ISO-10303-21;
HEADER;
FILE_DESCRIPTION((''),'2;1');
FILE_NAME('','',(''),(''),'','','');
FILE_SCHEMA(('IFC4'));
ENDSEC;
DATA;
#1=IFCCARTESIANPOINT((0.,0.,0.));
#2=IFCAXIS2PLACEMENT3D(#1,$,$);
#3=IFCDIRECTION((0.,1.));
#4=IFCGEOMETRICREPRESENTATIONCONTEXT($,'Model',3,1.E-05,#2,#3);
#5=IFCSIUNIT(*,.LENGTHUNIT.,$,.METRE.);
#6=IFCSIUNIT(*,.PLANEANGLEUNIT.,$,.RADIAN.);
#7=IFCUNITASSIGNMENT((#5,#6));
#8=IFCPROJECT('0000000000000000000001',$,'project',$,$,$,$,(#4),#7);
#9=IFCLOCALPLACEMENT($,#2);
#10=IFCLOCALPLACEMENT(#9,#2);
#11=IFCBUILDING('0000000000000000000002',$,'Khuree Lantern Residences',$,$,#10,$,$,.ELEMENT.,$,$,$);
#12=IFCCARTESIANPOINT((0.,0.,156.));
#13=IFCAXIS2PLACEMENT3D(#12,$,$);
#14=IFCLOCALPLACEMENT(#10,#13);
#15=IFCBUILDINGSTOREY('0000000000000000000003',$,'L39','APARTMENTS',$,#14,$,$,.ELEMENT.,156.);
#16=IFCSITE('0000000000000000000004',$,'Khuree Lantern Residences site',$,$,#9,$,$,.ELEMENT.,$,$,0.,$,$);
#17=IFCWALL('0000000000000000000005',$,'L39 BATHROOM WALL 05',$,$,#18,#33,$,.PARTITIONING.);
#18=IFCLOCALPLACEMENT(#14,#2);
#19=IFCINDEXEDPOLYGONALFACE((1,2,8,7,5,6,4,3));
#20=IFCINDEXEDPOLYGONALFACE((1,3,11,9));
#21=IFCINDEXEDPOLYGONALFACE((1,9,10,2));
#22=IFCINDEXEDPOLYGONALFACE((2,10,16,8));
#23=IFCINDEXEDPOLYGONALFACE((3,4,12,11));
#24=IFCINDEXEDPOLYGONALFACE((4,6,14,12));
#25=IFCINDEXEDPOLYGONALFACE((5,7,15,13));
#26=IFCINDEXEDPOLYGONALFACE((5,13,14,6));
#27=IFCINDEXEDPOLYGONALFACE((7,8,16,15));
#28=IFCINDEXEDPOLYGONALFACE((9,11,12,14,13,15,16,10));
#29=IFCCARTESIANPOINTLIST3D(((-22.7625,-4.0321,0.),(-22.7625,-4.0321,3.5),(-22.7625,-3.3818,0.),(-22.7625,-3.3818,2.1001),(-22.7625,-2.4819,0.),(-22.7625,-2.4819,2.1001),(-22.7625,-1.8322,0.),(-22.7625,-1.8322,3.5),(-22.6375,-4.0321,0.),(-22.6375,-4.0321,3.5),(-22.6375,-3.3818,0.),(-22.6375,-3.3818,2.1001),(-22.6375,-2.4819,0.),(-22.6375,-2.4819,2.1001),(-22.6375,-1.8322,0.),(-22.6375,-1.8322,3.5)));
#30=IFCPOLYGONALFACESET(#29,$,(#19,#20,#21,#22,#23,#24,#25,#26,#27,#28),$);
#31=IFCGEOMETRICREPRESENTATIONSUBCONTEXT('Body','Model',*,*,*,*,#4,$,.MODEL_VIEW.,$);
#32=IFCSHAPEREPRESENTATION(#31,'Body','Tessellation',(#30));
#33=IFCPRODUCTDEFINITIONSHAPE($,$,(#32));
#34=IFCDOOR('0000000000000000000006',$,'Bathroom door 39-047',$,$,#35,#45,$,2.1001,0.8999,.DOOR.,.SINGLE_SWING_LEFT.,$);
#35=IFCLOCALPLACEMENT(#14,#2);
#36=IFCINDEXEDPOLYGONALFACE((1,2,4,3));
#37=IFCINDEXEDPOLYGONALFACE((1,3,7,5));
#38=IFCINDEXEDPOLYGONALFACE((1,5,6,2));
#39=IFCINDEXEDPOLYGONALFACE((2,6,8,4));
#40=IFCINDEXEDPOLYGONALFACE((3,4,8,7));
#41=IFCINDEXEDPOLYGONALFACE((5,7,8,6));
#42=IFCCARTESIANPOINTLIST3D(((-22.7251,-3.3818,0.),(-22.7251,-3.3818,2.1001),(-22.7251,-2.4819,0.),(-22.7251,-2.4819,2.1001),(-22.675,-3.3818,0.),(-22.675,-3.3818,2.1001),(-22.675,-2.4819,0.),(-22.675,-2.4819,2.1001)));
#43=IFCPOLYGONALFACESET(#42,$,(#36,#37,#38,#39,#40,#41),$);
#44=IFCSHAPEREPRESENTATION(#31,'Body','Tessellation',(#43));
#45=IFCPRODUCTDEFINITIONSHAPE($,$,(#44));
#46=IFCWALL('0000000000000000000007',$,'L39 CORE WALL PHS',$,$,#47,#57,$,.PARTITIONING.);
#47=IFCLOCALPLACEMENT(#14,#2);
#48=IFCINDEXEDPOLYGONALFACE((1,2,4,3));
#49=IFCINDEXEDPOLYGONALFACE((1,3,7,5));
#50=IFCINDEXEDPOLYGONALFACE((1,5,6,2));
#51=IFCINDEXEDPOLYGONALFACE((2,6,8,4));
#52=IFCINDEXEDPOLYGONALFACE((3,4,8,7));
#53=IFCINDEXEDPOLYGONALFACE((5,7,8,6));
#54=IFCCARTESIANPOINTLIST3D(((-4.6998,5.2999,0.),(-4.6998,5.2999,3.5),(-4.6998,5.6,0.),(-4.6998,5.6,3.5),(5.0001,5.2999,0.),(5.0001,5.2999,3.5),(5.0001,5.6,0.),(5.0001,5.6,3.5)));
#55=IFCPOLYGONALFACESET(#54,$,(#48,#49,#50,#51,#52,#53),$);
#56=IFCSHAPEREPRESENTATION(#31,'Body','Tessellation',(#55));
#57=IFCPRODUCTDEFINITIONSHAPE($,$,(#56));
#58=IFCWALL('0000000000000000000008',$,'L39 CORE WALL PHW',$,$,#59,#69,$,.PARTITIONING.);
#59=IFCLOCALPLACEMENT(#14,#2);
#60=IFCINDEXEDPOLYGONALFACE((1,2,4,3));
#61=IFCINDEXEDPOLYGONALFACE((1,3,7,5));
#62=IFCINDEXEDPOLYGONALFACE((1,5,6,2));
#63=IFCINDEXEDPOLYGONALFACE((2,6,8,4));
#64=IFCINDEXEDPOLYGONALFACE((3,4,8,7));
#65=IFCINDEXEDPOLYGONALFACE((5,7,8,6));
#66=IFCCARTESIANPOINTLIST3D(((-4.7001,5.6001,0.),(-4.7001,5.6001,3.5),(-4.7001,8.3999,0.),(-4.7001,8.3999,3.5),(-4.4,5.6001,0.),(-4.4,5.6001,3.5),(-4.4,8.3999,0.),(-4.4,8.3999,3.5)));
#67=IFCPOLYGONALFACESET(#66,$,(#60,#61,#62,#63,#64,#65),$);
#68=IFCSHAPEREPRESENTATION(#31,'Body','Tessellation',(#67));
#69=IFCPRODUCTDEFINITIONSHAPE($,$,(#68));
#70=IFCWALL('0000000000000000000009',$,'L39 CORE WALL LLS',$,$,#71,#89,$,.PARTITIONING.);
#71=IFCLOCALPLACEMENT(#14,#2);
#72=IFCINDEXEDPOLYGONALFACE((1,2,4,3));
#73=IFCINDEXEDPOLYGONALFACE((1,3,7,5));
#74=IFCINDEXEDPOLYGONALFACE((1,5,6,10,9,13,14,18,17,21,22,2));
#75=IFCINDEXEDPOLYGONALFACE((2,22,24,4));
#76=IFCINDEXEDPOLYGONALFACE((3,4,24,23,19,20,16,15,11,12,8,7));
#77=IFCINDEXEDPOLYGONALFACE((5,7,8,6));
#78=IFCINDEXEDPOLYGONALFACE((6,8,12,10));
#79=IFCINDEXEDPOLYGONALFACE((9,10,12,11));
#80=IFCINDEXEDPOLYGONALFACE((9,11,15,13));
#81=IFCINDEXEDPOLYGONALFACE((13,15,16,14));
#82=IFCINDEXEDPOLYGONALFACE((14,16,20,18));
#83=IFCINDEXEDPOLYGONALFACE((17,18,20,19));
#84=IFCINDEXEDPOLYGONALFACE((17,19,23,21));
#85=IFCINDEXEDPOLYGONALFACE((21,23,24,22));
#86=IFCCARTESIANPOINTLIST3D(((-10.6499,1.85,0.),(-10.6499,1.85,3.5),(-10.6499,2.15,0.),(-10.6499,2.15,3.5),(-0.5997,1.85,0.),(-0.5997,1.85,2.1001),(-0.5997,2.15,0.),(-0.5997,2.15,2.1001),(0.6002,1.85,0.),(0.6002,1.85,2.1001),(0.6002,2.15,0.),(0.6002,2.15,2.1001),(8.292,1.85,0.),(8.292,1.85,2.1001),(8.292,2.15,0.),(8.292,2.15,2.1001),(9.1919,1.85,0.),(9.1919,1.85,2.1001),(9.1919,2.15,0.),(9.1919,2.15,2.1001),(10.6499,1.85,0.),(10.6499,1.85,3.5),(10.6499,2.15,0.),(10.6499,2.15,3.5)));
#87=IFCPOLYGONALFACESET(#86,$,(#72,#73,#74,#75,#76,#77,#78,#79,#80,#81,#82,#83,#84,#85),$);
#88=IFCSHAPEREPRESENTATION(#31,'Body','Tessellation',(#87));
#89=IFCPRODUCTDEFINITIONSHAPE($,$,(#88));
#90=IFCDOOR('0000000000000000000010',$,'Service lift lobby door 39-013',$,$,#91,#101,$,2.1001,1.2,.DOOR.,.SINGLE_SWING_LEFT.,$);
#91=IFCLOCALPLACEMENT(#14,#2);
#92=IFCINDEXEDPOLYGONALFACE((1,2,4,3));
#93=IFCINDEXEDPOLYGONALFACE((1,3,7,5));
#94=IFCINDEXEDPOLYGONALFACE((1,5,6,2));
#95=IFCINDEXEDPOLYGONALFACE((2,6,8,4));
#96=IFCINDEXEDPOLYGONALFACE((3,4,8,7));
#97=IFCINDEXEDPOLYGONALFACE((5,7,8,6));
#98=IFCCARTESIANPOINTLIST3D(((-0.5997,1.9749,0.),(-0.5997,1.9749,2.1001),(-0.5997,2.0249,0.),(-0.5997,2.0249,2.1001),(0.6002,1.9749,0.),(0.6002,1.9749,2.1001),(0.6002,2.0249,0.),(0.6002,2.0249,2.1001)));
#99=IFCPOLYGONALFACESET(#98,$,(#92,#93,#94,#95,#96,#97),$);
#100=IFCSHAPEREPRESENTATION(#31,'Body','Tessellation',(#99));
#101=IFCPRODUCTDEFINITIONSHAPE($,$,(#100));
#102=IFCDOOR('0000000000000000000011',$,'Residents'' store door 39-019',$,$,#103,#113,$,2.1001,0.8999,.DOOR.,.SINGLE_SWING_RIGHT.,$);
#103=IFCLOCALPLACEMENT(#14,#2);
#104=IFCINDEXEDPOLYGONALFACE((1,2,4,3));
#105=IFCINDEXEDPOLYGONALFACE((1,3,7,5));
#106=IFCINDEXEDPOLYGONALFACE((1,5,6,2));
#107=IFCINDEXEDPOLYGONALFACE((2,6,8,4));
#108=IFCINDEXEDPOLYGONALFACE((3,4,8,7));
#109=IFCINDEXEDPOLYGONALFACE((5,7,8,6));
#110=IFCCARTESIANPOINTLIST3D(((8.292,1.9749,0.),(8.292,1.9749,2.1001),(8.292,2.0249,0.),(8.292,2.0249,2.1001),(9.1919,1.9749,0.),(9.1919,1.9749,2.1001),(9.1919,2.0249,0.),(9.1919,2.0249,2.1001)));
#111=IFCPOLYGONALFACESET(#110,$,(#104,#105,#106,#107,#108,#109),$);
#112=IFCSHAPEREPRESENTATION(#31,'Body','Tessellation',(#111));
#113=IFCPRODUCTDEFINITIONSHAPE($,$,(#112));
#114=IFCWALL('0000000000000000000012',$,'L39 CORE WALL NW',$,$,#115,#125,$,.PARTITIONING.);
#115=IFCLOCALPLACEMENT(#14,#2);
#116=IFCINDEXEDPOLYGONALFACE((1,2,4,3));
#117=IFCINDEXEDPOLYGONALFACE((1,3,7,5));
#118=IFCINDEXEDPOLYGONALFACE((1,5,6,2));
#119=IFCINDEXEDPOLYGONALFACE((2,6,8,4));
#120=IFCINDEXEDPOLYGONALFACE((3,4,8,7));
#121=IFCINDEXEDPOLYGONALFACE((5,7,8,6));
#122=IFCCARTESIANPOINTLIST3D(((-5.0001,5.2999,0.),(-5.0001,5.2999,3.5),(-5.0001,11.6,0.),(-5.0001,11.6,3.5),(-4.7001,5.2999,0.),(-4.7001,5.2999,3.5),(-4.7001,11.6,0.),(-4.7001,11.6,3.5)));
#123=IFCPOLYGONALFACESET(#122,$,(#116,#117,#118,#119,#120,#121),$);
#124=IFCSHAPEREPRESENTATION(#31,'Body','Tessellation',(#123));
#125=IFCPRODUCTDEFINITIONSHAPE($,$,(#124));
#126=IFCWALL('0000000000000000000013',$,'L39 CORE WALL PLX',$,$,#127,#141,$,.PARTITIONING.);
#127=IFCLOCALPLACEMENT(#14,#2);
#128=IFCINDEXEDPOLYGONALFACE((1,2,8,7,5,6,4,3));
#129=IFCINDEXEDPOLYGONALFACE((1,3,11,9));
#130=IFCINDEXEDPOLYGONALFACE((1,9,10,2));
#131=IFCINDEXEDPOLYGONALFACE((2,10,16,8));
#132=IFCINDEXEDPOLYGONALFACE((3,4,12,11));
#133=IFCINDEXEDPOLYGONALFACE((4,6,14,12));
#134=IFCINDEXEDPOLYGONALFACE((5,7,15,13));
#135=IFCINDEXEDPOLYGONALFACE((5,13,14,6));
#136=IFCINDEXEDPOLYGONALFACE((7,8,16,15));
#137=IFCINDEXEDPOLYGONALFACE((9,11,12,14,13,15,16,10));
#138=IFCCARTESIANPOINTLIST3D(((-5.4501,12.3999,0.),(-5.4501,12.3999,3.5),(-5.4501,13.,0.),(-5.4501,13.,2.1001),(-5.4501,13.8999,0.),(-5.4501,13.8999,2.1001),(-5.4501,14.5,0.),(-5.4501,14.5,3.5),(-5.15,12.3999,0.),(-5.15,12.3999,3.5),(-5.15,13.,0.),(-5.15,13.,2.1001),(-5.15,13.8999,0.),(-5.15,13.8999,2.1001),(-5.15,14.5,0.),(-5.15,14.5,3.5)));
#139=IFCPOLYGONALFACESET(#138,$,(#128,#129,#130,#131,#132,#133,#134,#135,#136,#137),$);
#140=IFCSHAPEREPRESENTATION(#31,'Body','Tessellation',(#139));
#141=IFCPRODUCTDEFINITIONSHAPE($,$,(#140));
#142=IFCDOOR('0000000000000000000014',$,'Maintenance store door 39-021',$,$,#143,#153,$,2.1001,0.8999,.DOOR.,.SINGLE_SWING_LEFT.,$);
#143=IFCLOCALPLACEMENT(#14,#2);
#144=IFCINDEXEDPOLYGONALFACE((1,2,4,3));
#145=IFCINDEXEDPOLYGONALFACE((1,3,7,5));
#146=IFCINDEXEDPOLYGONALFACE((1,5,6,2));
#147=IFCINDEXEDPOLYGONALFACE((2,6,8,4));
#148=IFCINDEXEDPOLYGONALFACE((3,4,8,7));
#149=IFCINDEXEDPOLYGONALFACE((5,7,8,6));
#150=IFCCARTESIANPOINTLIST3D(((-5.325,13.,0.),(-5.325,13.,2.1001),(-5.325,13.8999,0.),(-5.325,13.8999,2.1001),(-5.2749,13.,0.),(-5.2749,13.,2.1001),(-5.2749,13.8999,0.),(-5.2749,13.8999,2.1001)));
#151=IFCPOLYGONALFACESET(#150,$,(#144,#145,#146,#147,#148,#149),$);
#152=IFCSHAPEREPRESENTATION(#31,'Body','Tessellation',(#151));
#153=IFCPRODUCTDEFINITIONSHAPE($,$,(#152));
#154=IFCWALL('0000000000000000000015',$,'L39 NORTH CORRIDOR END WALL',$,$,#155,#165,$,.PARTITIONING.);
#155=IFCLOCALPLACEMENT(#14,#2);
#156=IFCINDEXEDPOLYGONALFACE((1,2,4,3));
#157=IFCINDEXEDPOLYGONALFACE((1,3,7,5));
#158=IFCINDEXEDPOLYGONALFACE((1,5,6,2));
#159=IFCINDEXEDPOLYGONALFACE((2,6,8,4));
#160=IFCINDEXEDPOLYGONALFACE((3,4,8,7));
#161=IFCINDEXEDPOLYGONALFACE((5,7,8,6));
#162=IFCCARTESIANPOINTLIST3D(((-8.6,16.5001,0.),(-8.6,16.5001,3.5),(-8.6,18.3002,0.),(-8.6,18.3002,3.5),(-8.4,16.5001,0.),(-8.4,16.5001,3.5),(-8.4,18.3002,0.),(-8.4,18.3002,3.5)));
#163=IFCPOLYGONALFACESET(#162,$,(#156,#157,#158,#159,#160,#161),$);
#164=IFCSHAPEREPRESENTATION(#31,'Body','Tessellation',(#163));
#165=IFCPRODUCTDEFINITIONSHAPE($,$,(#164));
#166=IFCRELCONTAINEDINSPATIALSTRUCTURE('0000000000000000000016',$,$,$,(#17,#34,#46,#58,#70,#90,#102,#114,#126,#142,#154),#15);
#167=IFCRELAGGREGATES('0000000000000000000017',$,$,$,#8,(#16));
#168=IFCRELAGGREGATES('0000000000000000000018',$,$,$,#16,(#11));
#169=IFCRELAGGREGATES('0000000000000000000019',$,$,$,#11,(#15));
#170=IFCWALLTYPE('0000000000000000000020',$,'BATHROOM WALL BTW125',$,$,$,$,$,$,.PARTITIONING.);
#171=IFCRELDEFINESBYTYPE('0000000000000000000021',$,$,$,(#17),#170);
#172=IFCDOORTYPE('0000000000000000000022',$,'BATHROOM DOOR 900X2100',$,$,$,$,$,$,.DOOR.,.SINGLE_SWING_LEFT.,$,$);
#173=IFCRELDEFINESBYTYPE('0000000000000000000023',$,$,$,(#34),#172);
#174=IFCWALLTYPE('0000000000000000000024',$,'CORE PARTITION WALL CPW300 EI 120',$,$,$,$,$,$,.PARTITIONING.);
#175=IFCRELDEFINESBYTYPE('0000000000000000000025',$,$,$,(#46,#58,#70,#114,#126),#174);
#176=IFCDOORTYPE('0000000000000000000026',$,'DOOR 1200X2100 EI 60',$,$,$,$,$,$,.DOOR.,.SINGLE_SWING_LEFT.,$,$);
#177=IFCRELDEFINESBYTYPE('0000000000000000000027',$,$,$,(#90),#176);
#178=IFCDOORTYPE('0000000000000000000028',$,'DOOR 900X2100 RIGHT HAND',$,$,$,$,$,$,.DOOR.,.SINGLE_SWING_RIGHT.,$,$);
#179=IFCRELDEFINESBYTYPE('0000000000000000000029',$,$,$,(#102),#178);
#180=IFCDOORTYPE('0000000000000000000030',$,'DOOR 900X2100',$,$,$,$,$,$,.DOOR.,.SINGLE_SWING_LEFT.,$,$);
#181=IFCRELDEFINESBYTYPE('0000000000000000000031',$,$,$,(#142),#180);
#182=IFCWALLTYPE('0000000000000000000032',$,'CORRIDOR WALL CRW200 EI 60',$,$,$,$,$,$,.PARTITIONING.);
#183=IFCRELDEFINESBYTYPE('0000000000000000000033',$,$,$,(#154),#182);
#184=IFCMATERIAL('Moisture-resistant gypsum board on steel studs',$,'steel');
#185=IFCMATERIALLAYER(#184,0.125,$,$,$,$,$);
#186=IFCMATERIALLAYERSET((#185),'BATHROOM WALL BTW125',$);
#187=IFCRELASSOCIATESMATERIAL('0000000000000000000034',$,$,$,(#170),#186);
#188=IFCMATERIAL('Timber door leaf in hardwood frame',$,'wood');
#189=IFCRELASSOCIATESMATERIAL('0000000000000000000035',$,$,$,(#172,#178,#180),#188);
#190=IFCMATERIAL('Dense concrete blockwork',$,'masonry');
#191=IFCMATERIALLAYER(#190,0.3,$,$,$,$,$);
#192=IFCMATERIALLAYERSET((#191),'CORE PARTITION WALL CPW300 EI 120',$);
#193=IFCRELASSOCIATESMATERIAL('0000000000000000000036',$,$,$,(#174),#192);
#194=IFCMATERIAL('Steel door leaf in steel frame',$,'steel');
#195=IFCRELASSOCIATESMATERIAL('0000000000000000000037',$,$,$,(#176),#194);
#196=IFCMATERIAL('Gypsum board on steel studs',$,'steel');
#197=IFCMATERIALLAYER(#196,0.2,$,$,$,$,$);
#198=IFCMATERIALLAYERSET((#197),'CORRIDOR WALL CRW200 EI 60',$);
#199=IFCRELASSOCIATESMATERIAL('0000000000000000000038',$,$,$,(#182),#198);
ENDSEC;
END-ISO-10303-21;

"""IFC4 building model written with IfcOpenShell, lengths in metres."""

from ifc_helpers import new_model, si_unit, direction, frame, frame_2d, origin, place, context, subcontext, project, spatial, rectangle, extrude, material, layer, layer_set, type_object, element, fill, save


model = new_model("IFC4")

# Units and contexts
model_context = context("Model", 3, precision=1e-05, world=origin(), true_north=direction((0.0, 1.0)))
body_context = subcontext(model_context, "Body", "Model", "MODEL_VIEW")
ifc_project = project(units=[si_unit("LENGTHUNIT", "METRE"), si_unit("PLANEANGLEUNIT", "RADIAN")], contexts=[model_context])

# Site, building, storey
site_placement = place(None, origin())
site = spatial("IfcSite", under=ifc_project, at=site_placement, Name="Khuree Lantern Residences site", CompositionType="ELEMENT", RefElevation=0.0)
building_placement = place(site_placement, origin())
building = spatial("IfcBuilding", under=site, at=building_placement, Name="Khuree Lantern Residences", CompositionType="ELEMENT")
storey_placement = place(building_placement, frame((0.0, 0.0, 156.0)))
storey = spatial("IfcBuildingStorey", under=building, at=storey_placement, Name="L39", Description="APARTMENTS", CompositionType="ELEMENT", Elevation=156.0)

# Shared definitions
ifc_material_1 = material(Name="Moisture-resistant gypsum board on steel studs", Category="steel")
ifc_layer_1 = layer(ifc_material_1, 0.125)
ifc_layer_set_1 = layer_set([ifc_layer_1], Name="BATHROOM WALL BTW125")
wall_type_1 = type_object("IfcWallType", Name="BATHROOM WALL BTW125", PredefinedType="PARTITIONING", material=ifc_layer_set_1)
ifc_material_2 = material(Name="Timber door leaf in hardwood frame", Category="wood")
door_type_1 = type_object("IfcDoorType", Name="BATHROOM DOOR 900X2100", OperationType="SINGLE_SWING_LEFT", PredefinedType="DOOR", material=ifc_material_2)

# Wall, opening, door
wall_1_placement = place(storey_placement, frame((-22.7, -1.832, 0.0), z_axis=(0.0, 0.0, 1.0), x_axis=(0.0, -1.0, 0.0)))
wall_1 = element("IfcWall", 1, at=wall_1_placement, inside=storey, type_object=wall_type_1, Name="L39 BATHROOM WALL 05", PredefinedType="PARTITIONING", context=body_context, shape_type="SweptSolid", body=[
    extrude(rectangle(XDim=2.2, YDim=0.125, at=frame_2d((1.1001, 0.0))), origin(), (0.0, 0.0, 1.0), 3.5),
])
opening_1_placement = place(wall_1_placement, frame((0.6499, 0.0, 0.0)))
opening_1 = element("IfcOpeningElement", 2, at=opening_1_placement, cuts=wall_1, PredefinedType="OPENING", context=body_context, shape_type="SweptSolid", body=[
    extrude(rectangle(XDim=0.8999, YDim=2.1001, at=frame_2d((0.45, 1.05))), frame((0.0, 0.0725, 0.0), z_axis=(0.0, -1.0, 0.0), x_axis=(1.0, 0.0, 0.0)), (0.0, 0.0, 1.0), 0.145),
])
door_1_placement = place(opening_1_placement, origin())
door_1 = element("IfcDoor", 3, at=door_1_placement, inside=storey, type_object=door_type_1, Name="Bathroom door 39-047", OperationType="SINGLE_SWING_LEFT", OverallHeight=2.1001, OverallWidth=0.8999, PredefinedType="DOOR", context=body_context, shape_type="SweptSolid", body=[
    extrude(rectangle(XDim=0.8999, YDim=2.1001, at=frame_2d((0.45, 1.05))), frame((0.0, 0.0249, 0.0), z_axis=(0.0, -1.0, 0.0), x_axis=(1.0, 0.0, 0.0)), (0.0, 0.0, 1.0), 0.05),
])
fill(opening_1, door_1)

# Walls
ifc_material_3 = material(Name="Dense concrete blockwork", Category="masonry")
ifc_layer_2 = layer(ifc_material_3, 0.3)
ifc_layer_set_2 = layer_set([ifc_layer_2], Name="CORE PARTITION WALL CPW300 EI 120")
wall_type_2 = type_object("IfcWallType", Name="CORE PARTITION WALL CPW300 EI 120", PredefinedType="PARTITIONING", material=ifc_layer_set_2)
wall_2_placement = place(storey_placement, frame((-4.7, 5.45, 0.0), z_axis=(0.0, 0.0, 1.0), x_axis=(1.0, 0.0, 0.0)))
element("IfcWall", 4, at=wall_2_placement, inside=storey, type_object=wall_type_2, Name="L39 CORE WALL PHS", PredefinedType="PARTITIONING", context=body_context, shape_type="SweptSolid", body=[
    extrude(rectangle(XDim=9.7, YDim=0.3, at=frame_2d((4.8501, 0.0))), origin(), (0.0, 0.0, 1.0), 3.5),
])
wall_3_placement = place(storey_placement, frame((-4.55, 5.6001, 0.0), z_axis=(0.0, 0.0, 1.0), x_axis=(0.0, 1.0, 0.0)))
element("IfcWall", 5, at=wall_3_placement, inside=storey, type_object=wall_type_2, Name="L39 CORE WALL PHW", PredefinedType="PARTITIONING", context=body_context, shape_type="SweptSolid", body=[
    extrude(rectangle(XDim=2.7998, YDim=0.3, at=frame_2d((1.3999, 0.0))), origin(), (0.0, 0.0, 1.0), 3.5),
])

# Wall, openings, doors
wall_4_placement = place(storey_placement, frame((-10.6499, 2.0, 0.0), z_axis=(0.0, 0.0, 1.0), x_axis=(1.0, 0.0, 0.0)))
wall_4 = element("IfcWall", 6, at=wall_4_placement, inside=storey, type_object=wall_type_2, Name="L39 CORE WALL LLS", PredefinedType="PARTITIONING", context=body_context, shape_type="SweptSolid", body=[
    extrude(rectangle(XDim=21.2998, YDim=0.3, at=frame_2d((10.6499, 0.0))), origin(), (0.0, 0.0, 1.0), 3.5),
])
opening_2_placement = place(wall_4_placement, frame((10.05, 0.0, 0.0)))
opening_2 = element("IfcOpeningElement", 7, at=opening_2_placement, cuts=wall_4, PredefinedType="OPENING", context=body_context, shape_type="SweptSolid", body=[
    extrude(rectangle(XDim=1.2, YDim=2.1001, at=frame_2d((0.6001, 1.05))), frame((0.0, 0.1602, 0.0), z_axis=(0.0, -1.0, 0.0), x_axis=(1.0, 0.0, 0.0)), (0.0, 0.0, 1.0), 0.3201),
])
opening_3_placement = place(wall_4_placement, frame((18.9419, 0.0, 0.0)))
opening_3 = element("IfcOpeningElement", 8, at=opening_3_placement, cuts=wall_4, PredefinedType="OPENING", context=body_context, shape_type="SweptSolid", body=[
    extrude(rectangle(XDim=0.8999, YDim=2.1001, at=frame_2d((0.45, 1.05))), frame((0.0, 0.1602, 0.0), z_axis=(0.0, -1.0, 0.0), x_axis=(1.0, 0.0, 0.0)), (0.0, 0.0, 1.0), 0.3201),
])
ifc_material_4 = material(Name="Steel door leaf in steel frame", Category="steel")
door_type_2 = type_object("IfcDoorType", Name="DOOR 1200X2100 EI 60", OperationType="SINGLE_SWING_LEFT", PredefinedType="DOOR", material=ifc_material_4)
door_2_placement = place(opening_2_placement, origin())
door_2 = element("IfcDoor", 9, at=door_2_placement, inside=storey, type_object=door_type_2, Name="Service lift lobby door 39-013", OperationType="SINGLE_SWING_LEFT", OverallHeight=2.1001, OverallWidth=1.2, PredefinedType="DOOR", context=body_context, shape_type="SweptSolid", body=[
    extrude(rectangle(XDim=1.2, YDim=2.1001, at=frame_2d((0.6001, 1.05))), frame((0.0, 0.0249, 0.0), z_axis=(0.0, -1.0, 0.0), x_axis=(1.0, 0.0, 0.0)), (0.0, 0.0, 1.0), 0.05),
])
fill(opening_2, door_2)
door_type_3 = type_object("IfcDoorType", Name="DOOR 900X2100 RIGHT HAND", OperationType="SINGLE_SWING_RIGHT", PredefinedType="DOOR", material=ifc_material_2)
door_3_placement = place(opening_3_placement, origin())
door_3 = element("IfcDoor", 10, at=door_3_placement, inside=storey, type_object=door_type_3, Name="Residents' store door 39-019", OperationType="SINGLE_SWING_RIGHT", OverallHeight=2.1001, OverallWidth=0.8999, PredefinedType="DOOR", context=body_context, shape_type="SweptSolid", body=[
    extrude(rectangle(XDim=0.8999, YDim=2.1001, at=frame_2d((0.45, 1.05))), frame((0.0, 0.0249, 0.0), z_axis=(0.0, -1.0, 0.0), x_axis=(1.0, 0.0, 0.0)), (0.0, 0.0, 1.0), 0.05),
])
fill(opening_3, door_3)

# Wall
wall_5_placement = place(storey_placement, frame((-4.8501, 5.3, 0.0), z_axis=(0.0, 0.0, 1.0), x_axis=(0.0, 1.0, 0.0)))
element("IfcWall", 11, at=wall_5_placement, inside=storey, type_object=wall_type_2, Name="L39 CORE WALL NW", PredefinedType="PARTITIONING", context=body_context, shape_type="SweptSolid", body=[
    extrude(rectangle(XDim=6.3, YDim=0.3, at=frame_2d((3.1499, 0.0))), origin(), (0.0, 0.0, 1.0), 3.5),
])

# Wall, opening, door
wall_6_placement = place(storey_placement, frame((-5.3, 12.3999, 0.0), z_axis=(0.0, 0.0, 1.0), x_axis=(0.0, 1.0, 0.0)))
wall_6 = element("IfcWall", 12, at=wall_6_placement, inside=storey, type_object=wall_type_2, Name="L39 CORE WALL PLX", PredefinedType="PARTITIONING", context=body_context, shape_type="SweptSolid", body=[
    extrude(rectangle(XDim=2.1001, YDim=0.3, at=frame_2d((1.05, 0.0))), origin(), (0.0, 0.0, 1.0), 3.5),
])
opening_4_placement = place(wall_6_placement, frame((0.6001, 0.0, 0.0)))
opening_4 = element("IfcOpeningElement", 13, at=opening_4_placement, cuts=wall_6, PredefinedType="OPENING", context=body_context, shape_type="SweptSolid", body=[
    extrude(rectangle(XDim=0.8999, YDim=2.1001, at=frame_2d((0.45, 1.05))), frame((0.0, 0.1602, 0.0), z_axis=(0.0, -1.0, 0.0), x_axis=(1.0, 0.0, 0.0)), (0.0, 0.0, 1.0), 0.3201),
])
door_type_4 = type_object("IfcDoorType", Name="DOOR 900X2100", OperationType="SINGLE_SWING_LEFT", PredefinedType="DOOR", material=ifc_material_2)
door_4_placement = place(opening_4_placement, origin())
door_4 = element("IfcDoor", 14, at=door_4_placement, inside=storey, type_object=door_type_4, Name="Maintenance store door 39-021", OperationType="SINGLE_SWING_LEFT", OverallHeight=2.1001, OverallWidth=0.8999, PredefinedType="DOOR", context=body_context, shape_type="SweptSolid", body=[
    extrude(rectangle(XDim=0.8999, YDim=2.1001, at=frame_2d((0.45, 1.05))), frame((0.0, 0.0249, 0.0), z_axis=(0.0, -1.0, 0.0), x_axis=(1.0, 0.0, 0.0)), (0.0, 0.0, 1.0), 0.05),
])
fill(opening_4, door_4)

# Wall
ifc_material_5 = material(Name="Gypsum board on steel studs", Category="steel")
ifc_layer_3 = layer(ifc_material_5, 0.2)
ifc_layer_set_3 = layer_set([ifc_layer_3], Name="CORRIDOR WALL CRW200 EI 60")
wall_type_3 = type_object("IfcWallType", Name="CORRIDOR WALL CRW200 EI 60", PredefinedType="PARTITIONING", material=ifc_layer_set_3)
wall_7_placement = place(storey_placement, frame((-8.5, 18.3, 0.0), z_axis=(0.0, 0.0, 1.0), x_axis=(0.0, -1.0, 0.0)))
element("IfcWall", 15, at=wall_7_placement, inside=storey, type_object=wall_type_3, Name="L39 NORTH CORRIDOR END WALL", PredefinedType="PARTITIONING", context=body_context, shape_type="SweptSolid", body=[
    extrude(rectangle(XDim=1.8, YDim=0.2, at=frame_2d((0.8999, 0.0))), origin(), (0.0, 0.0, 1.0), 3.5),
])

save(model, "model.ifc")
